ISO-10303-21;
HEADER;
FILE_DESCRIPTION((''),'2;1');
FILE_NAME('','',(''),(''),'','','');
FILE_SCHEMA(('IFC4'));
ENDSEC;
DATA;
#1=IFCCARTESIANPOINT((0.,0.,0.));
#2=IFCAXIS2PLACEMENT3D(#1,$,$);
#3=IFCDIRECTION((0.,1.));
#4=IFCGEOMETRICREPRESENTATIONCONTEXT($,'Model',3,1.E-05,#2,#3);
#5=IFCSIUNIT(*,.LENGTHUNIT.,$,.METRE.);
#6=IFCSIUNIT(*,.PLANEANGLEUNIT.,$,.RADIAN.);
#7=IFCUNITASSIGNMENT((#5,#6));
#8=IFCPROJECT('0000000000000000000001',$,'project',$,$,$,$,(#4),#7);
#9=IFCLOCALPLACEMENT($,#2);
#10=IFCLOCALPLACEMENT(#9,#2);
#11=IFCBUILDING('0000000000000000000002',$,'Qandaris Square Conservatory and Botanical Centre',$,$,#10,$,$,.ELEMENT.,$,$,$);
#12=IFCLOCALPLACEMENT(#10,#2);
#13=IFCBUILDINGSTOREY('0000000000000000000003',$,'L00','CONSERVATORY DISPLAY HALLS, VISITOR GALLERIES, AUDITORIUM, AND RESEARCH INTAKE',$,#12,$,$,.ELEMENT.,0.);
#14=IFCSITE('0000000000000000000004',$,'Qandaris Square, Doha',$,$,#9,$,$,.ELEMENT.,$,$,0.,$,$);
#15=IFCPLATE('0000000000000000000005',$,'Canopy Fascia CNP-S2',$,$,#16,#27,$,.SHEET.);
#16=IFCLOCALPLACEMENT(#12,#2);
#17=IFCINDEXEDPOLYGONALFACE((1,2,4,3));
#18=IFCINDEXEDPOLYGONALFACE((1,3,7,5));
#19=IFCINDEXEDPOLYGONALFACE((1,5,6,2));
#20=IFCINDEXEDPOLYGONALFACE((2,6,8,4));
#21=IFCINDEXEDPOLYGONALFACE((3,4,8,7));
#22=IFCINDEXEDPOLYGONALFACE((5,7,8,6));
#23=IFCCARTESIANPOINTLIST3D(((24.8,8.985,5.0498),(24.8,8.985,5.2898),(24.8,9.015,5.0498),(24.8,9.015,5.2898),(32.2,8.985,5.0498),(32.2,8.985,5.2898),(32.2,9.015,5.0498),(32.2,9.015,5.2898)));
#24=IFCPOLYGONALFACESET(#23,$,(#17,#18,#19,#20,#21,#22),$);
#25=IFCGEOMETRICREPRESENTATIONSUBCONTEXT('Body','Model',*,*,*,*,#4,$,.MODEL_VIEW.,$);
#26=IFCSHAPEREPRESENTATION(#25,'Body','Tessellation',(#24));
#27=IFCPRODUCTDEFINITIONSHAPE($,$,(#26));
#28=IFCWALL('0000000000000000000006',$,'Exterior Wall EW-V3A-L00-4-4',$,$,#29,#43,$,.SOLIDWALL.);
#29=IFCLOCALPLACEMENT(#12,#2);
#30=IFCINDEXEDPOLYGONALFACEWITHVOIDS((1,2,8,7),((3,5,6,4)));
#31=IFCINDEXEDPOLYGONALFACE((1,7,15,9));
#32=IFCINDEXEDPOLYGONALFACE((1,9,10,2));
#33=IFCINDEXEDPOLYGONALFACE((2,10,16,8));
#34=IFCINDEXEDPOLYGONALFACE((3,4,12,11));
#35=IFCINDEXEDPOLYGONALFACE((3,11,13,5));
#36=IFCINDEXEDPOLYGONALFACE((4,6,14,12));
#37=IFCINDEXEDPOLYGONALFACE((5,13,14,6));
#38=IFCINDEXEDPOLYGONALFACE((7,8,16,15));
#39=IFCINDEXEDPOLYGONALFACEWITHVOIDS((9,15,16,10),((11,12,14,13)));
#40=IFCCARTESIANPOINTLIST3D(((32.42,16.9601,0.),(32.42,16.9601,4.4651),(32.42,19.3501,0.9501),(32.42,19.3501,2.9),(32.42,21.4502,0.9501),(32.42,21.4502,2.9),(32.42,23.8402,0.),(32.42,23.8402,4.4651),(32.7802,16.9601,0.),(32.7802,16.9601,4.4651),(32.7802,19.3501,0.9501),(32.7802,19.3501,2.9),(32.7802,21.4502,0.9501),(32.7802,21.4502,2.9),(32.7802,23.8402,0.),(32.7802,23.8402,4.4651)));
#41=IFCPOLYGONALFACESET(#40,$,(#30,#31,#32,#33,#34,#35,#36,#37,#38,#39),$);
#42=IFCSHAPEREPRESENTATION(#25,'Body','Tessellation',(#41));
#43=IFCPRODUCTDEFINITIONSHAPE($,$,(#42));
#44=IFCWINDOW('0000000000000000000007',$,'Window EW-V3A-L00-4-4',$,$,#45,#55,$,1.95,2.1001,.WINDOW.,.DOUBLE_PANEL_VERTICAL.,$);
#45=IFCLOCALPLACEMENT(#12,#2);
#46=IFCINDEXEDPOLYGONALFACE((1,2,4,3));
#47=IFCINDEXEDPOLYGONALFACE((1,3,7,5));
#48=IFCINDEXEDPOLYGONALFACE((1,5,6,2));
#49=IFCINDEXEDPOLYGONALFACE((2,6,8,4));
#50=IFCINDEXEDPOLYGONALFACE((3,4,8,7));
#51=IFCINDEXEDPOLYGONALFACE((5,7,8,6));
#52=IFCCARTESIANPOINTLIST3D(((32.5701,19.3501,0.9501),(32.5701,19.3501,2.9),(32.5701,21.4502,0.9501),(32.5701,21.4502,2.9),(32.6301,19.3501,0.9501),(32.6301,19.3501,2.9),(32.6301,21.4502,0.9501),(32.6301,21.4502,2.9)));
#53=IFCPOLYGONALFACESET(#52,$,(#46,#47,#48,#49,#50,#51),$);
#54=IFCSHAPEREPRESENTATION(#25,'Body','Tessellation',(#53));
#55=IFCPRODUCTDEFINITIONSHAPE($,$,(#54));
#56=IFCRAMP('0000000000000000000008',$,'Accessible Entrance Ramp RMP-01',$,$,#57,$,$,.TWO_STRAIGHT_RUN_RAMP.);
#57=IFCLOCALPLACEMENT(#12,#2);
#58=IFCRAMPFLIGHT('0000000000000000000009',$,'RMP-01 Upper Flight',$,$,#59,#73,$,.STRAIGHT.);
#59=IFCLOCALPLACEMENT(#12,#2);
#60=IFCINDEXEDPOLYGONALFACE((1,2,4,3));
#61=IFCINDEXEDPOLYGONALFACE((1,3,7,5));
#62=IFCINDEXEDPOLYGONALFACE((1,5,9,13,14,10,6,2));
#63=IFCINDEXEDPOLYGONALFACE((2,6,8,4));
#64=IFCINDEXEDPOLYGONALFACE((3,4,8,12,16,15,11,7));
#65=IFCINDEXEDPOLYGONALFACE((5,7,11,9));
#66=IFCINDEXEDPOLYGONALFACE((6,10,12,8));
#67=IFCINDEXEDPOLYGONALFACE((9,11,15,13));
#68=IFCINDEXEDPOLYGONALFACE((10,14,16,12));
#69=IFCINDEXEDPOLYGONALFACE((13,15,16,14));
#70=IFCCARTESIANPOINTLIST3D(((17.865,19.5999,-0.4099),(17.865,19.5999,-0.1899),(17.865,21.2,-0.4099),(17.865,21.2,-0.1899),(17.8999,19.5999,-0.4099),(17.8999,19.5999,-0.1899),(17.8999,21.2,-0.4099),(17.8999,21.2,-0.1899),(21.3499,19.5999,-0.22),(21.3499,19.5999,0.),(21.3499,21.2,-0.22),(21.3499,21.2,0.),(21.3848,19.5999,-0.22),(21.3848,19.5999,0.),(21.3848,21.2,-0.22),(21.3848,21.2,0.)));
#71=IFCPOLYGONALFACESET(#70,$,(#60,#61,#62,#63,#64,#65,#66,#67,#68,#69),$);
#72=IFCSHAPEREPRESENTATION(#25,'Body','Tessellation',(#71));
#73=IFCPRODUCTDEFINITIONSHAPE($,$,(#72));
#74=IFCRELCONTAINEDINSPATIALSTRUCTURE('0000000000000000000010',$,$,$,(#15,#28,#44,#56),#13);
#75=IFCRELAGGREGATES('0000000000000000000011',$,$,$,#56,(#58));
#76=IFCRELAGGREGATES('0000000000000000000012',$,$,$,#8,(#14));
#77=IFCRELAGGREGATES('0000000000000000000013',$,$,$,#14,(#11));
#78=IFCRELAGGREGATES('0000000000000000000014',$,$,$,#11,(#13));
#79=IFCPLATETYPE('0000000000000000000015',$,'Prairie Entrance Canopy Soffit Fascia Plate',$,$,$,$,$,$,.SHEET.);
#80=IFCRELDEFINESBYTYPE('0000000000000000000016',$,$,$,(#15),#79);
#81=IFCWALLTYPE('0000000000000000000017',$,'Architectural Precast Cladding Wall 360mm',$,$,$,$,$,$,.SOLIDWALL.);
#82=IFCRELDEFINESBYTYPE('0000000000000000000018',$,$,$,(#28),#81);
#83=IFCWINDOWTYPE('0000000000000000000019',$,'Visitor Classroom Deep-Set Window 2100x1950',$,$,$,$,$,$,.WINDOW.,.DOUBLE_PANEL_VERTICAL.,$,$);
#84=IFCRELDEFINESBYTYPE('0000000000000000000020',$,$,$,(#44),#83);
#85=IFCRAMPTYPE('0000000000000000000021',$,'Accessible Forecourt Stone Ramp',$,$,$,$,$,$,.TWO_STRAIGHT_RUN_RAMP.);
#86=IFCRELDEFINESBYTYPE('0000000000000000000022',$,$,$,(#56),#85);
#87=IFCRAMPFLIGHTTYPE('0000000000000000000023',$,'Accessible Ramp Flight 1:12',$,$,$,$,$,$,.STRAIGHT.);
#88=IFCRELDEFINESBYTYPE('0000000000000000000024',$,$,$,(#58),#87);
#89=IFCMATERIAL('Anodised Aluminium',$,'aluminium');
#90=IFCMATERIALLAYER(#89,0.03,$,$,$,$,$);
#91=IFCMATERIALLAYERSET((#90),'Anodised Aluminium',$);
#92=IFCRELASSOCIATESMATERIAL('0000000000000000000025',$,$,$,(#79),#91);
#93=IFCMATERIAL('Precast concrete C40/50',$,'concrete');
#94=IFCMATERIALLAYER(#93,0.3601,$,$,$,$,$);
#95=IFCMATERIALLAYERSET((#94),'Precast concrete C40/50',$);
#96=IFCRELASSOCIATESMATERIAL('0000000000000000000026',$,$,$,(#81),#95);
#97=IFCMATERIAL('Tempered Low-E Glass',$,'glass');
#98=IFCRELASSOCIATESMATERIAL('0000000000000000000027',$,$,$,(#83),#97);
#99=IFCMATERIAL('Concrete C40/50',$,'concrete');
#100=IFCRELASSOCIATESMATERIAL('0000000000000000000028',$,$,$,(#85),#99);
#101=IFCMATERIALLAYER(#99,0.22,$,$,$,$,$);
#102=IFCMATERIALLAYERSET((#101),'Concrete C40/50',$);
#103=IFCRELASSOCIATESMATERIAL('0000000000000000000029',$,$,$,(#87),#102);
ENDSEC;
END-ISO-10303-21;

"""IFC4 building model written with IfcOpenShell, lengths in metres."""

from ifc_helpers import new_model, si_unit, direction, frame, frame_2d, origin, origin_2d, place, context, subcontext, project, spatial, polyline, rectangle, outline, extrude, material, layer, layer_set, type_object, element, fill, aggregate, save


model = new_model("IFC4")

# Units and contexts
model_context = context("Model", 3, precision=1e-05, world=origin(), true_north=direction((0.0, 1.0)))
body_context = subcontext(model_context, "Body", "Model", "MODEL_VIEW")
ifc_project = project(units=[si_unit("LENGTHUNIT", "METRE"), si_unit("PLANEANGLEUNIT", "RADIAN")], contexts=[model_context])

# Site, building, storey
site_placement = place(None, origin())
site = spatial("IfcSite", under=ifc_project, at=site_placement, Name="Qandaris Square, Doha", CompositionType="ELEMENT", RefElevation=0.0)
building_placement = place(site_placement, origin())
building = spatial("IfcBuilding", under=site, at=building_placement, Name="Qandaris Square Conservatory and Botanical Centre", CompositionType="ELEMENT")
storey_placement = place(building_placement, origin())
storey = spatial("IfcBuildingStorey", under=building, at=storey_placement, Name="L00", Description="CONSERVATORY DISPLAY HALLS, VISITOR GALLERIES, AUDITORIUM, AND RESEARCH INTAKE", CompositionType="ELEMENT", Elevation=0.0)

# Shared definitions
ifc_material_1 = material(Name="Concrete C40/50", Category="concrete")

# Plate
ifc_material_2 = material(Name="Anodised Aluminium", Category="aluminium")
ifc_layer_1 = layer(ifc_material_2, 0.03)
ifc_layer_set_1 = layer_set([ifc_layer_1], Name="Anodised Aluminium")
plate_type = type_object("IfcPlateType", Name="Prairie Entrance Canopy Soffit Fascia Plate", PredefinedType="SHEET", material=ifc_layer_set_1)
for number, where, z_axis, x_axis, name in (
    (1, (28.5, 9.0, 5.0498), (0.0, 0.0, 1.0), (1.0, 0.0, 0.0), "Canopy Fascia CNP-S2"),
):
    element("IfcPlate", number, at=place(storey_placement, frame(where, z_axis=z_axis, x_axis=x_axis)), inside=storey, type_object=plate_type, Name=name, PredefinedType="SHEET", context=body_context, shape_type="SweptSolid", body=[
        extrude(rectangle(XDim=7.3999, YDim=0.03, at=origin_2d()), origin(), (0.0, 0.0, 1.0), 0.24),
    ])

# Wall, opening, window
ifc_material_3 = material(Name="Precast concrete C40/50", Category="concrete")
ifc_layer_2 = layer(ifc_material_3, 0.3601)
ifc_layer_set_2 = layer_set([ifc_layer_2], Name="Precast concrete C40/50")
wall_type = type_object("IfcWallType", Name="Architectural Precast Cladding Wall 360mm", PredefinedType="SOLIDWALL", material=ifc_layer_set_2)
wall_placement = place(storey_placement, frame((32.6001, 23.8401, 0.0), z_axis=(0.0, 0.0, 1.0), x_axis=(0.0, -1.0, 0.0)))
wall = element("IfcWall", 2, at=wall_placement, inside=storey, type_object=wall_type, Name="Exterior Wall EW-V3A-L00-4-4", PredefinedType="SOLIDWALL", context=body_context, shape_type="SweptSolid", body=[
    extrude(rectangle(XDim=6.8801, YDim=0.3601, at=frame_2d((3.4399, 0.0))), origin(), (0.0, 0.0, 1.0), 4.4651),
])
opening_placement = place(wall_placement, frame((2.3899, 0.0, 0.95)))
opening = element("IfcOpeningElement", 3, at=opening_placement, cuts=wall, PredefinedType="OPENING", context=body_context, shape_type="SweptSolid", body=[
    extrude(rectangle(XDim=2.1001, YDim=1.95, at=frame_2d((1.05, 0.9751))), frame((0.0, 0.1919, 0.0), z_axis=(0.0, -1.0, 0.0), x_axis=(1.0, 0.0, 0.0)), (0.0, 0.0, 1.0), 0.384),
])
ifc_material_4 = material(Name="Tempered Low-E Glass", Category="glass")
window_type = type_object("IfcWindowType", Name="Visitor Classroom Deep-Set Window 2100x1950", PartitioningType="DOUBLE_PANEL_VERTICAL", PredefinedType="WINDOW", material=ifc_material_4)
window_placement = place(opening_placement, origin())
window = element("IfcWindow", 4, at=window_placement, inside=storey, type_object=window_type, Name="Window EW-V3A-L00-4-4", OverallHeight=1.95, OverallWidth=2.1001, PartitioningType="DOUBLE_PANEL_VERTICAL", PredefinedType="WINDOW", context=body_context, shape_type="SweptSolid", body=[
    extrude(rectangle(XDim=2.1001, YDim=1.95, at=frame_2d((1.05, 0.9751))), frame((0.0, 0.03, 0.0), z_axis=(0.0, -1.0, 0.0), x_axis=(1.0, 0.0, 0.0)), (0.0, 0.0, 1.0), 0.0601),
])
fill(opening, window)

# Ramp, ramp flight
ramp_type = type_object("IfcRampType", Name="Accessible Forecourt Stone Ramp", PredefinedType="TWO_STRAIGHT_RUN_RAMP", material=ifc_material_1)
ramp_placement = place(storey_placement, origin())
ramp = element("IfcRamp", 5, at=ramp_placement, inside=storey, type_object=ramp_type, Name="Accessible Entrance Ramp RMP-01", PredefinedType="TWO_STRAIGHT_RUN_RAMP")
ifc_layer_3 = layer(ifc_material_1, 0.22)
ifc_layer_set_3 = layer_set([ifc_layer_3], Name="Concrete C40/50")
ramp_flight_type = type_object("IfcRampFlightType", Name="Accessible Ramp Flight 1:12", PredefinedType="STRAIGHT", material=ifc_layer_set_3)
ramp_flight_placement = place(storey_placement, frame((17.8999, 20.3999, -0.1899), z_axis=(0.0, 0.0, 1.0), x_axis=(1.0, 0.0, 0.0)))
ramp_flight = element("IfcRampFlight", 6, at=ramp_flight_placement, type_object=ramp_flight_type, Name="RMP-01 Upper Flight", PredefinedType="STRAIGHT", context=body_context, shape_type="SweptSolid", body=[
    extrude(outline(polyline([(-0.0349, 0.0), (0.0, 0.0), (3.45, 0.1899), (3.4849, 0.1899), (3.4849, -0.03), (3.45, -0.03), (0.0, -0.22), (-0.0349, -0.22), (-0.0349, 0.0)])), frame((0.0, 0.8, 0.0), z_axis=(0.0, -1.0, 0.0), x_axis=(1.0, 0.0, 0.0)), (0.0, 0.0, 1.0), 1.6001),
])
aggregate(ramp, [ramp_flight])

save(model, "model.ifc")
